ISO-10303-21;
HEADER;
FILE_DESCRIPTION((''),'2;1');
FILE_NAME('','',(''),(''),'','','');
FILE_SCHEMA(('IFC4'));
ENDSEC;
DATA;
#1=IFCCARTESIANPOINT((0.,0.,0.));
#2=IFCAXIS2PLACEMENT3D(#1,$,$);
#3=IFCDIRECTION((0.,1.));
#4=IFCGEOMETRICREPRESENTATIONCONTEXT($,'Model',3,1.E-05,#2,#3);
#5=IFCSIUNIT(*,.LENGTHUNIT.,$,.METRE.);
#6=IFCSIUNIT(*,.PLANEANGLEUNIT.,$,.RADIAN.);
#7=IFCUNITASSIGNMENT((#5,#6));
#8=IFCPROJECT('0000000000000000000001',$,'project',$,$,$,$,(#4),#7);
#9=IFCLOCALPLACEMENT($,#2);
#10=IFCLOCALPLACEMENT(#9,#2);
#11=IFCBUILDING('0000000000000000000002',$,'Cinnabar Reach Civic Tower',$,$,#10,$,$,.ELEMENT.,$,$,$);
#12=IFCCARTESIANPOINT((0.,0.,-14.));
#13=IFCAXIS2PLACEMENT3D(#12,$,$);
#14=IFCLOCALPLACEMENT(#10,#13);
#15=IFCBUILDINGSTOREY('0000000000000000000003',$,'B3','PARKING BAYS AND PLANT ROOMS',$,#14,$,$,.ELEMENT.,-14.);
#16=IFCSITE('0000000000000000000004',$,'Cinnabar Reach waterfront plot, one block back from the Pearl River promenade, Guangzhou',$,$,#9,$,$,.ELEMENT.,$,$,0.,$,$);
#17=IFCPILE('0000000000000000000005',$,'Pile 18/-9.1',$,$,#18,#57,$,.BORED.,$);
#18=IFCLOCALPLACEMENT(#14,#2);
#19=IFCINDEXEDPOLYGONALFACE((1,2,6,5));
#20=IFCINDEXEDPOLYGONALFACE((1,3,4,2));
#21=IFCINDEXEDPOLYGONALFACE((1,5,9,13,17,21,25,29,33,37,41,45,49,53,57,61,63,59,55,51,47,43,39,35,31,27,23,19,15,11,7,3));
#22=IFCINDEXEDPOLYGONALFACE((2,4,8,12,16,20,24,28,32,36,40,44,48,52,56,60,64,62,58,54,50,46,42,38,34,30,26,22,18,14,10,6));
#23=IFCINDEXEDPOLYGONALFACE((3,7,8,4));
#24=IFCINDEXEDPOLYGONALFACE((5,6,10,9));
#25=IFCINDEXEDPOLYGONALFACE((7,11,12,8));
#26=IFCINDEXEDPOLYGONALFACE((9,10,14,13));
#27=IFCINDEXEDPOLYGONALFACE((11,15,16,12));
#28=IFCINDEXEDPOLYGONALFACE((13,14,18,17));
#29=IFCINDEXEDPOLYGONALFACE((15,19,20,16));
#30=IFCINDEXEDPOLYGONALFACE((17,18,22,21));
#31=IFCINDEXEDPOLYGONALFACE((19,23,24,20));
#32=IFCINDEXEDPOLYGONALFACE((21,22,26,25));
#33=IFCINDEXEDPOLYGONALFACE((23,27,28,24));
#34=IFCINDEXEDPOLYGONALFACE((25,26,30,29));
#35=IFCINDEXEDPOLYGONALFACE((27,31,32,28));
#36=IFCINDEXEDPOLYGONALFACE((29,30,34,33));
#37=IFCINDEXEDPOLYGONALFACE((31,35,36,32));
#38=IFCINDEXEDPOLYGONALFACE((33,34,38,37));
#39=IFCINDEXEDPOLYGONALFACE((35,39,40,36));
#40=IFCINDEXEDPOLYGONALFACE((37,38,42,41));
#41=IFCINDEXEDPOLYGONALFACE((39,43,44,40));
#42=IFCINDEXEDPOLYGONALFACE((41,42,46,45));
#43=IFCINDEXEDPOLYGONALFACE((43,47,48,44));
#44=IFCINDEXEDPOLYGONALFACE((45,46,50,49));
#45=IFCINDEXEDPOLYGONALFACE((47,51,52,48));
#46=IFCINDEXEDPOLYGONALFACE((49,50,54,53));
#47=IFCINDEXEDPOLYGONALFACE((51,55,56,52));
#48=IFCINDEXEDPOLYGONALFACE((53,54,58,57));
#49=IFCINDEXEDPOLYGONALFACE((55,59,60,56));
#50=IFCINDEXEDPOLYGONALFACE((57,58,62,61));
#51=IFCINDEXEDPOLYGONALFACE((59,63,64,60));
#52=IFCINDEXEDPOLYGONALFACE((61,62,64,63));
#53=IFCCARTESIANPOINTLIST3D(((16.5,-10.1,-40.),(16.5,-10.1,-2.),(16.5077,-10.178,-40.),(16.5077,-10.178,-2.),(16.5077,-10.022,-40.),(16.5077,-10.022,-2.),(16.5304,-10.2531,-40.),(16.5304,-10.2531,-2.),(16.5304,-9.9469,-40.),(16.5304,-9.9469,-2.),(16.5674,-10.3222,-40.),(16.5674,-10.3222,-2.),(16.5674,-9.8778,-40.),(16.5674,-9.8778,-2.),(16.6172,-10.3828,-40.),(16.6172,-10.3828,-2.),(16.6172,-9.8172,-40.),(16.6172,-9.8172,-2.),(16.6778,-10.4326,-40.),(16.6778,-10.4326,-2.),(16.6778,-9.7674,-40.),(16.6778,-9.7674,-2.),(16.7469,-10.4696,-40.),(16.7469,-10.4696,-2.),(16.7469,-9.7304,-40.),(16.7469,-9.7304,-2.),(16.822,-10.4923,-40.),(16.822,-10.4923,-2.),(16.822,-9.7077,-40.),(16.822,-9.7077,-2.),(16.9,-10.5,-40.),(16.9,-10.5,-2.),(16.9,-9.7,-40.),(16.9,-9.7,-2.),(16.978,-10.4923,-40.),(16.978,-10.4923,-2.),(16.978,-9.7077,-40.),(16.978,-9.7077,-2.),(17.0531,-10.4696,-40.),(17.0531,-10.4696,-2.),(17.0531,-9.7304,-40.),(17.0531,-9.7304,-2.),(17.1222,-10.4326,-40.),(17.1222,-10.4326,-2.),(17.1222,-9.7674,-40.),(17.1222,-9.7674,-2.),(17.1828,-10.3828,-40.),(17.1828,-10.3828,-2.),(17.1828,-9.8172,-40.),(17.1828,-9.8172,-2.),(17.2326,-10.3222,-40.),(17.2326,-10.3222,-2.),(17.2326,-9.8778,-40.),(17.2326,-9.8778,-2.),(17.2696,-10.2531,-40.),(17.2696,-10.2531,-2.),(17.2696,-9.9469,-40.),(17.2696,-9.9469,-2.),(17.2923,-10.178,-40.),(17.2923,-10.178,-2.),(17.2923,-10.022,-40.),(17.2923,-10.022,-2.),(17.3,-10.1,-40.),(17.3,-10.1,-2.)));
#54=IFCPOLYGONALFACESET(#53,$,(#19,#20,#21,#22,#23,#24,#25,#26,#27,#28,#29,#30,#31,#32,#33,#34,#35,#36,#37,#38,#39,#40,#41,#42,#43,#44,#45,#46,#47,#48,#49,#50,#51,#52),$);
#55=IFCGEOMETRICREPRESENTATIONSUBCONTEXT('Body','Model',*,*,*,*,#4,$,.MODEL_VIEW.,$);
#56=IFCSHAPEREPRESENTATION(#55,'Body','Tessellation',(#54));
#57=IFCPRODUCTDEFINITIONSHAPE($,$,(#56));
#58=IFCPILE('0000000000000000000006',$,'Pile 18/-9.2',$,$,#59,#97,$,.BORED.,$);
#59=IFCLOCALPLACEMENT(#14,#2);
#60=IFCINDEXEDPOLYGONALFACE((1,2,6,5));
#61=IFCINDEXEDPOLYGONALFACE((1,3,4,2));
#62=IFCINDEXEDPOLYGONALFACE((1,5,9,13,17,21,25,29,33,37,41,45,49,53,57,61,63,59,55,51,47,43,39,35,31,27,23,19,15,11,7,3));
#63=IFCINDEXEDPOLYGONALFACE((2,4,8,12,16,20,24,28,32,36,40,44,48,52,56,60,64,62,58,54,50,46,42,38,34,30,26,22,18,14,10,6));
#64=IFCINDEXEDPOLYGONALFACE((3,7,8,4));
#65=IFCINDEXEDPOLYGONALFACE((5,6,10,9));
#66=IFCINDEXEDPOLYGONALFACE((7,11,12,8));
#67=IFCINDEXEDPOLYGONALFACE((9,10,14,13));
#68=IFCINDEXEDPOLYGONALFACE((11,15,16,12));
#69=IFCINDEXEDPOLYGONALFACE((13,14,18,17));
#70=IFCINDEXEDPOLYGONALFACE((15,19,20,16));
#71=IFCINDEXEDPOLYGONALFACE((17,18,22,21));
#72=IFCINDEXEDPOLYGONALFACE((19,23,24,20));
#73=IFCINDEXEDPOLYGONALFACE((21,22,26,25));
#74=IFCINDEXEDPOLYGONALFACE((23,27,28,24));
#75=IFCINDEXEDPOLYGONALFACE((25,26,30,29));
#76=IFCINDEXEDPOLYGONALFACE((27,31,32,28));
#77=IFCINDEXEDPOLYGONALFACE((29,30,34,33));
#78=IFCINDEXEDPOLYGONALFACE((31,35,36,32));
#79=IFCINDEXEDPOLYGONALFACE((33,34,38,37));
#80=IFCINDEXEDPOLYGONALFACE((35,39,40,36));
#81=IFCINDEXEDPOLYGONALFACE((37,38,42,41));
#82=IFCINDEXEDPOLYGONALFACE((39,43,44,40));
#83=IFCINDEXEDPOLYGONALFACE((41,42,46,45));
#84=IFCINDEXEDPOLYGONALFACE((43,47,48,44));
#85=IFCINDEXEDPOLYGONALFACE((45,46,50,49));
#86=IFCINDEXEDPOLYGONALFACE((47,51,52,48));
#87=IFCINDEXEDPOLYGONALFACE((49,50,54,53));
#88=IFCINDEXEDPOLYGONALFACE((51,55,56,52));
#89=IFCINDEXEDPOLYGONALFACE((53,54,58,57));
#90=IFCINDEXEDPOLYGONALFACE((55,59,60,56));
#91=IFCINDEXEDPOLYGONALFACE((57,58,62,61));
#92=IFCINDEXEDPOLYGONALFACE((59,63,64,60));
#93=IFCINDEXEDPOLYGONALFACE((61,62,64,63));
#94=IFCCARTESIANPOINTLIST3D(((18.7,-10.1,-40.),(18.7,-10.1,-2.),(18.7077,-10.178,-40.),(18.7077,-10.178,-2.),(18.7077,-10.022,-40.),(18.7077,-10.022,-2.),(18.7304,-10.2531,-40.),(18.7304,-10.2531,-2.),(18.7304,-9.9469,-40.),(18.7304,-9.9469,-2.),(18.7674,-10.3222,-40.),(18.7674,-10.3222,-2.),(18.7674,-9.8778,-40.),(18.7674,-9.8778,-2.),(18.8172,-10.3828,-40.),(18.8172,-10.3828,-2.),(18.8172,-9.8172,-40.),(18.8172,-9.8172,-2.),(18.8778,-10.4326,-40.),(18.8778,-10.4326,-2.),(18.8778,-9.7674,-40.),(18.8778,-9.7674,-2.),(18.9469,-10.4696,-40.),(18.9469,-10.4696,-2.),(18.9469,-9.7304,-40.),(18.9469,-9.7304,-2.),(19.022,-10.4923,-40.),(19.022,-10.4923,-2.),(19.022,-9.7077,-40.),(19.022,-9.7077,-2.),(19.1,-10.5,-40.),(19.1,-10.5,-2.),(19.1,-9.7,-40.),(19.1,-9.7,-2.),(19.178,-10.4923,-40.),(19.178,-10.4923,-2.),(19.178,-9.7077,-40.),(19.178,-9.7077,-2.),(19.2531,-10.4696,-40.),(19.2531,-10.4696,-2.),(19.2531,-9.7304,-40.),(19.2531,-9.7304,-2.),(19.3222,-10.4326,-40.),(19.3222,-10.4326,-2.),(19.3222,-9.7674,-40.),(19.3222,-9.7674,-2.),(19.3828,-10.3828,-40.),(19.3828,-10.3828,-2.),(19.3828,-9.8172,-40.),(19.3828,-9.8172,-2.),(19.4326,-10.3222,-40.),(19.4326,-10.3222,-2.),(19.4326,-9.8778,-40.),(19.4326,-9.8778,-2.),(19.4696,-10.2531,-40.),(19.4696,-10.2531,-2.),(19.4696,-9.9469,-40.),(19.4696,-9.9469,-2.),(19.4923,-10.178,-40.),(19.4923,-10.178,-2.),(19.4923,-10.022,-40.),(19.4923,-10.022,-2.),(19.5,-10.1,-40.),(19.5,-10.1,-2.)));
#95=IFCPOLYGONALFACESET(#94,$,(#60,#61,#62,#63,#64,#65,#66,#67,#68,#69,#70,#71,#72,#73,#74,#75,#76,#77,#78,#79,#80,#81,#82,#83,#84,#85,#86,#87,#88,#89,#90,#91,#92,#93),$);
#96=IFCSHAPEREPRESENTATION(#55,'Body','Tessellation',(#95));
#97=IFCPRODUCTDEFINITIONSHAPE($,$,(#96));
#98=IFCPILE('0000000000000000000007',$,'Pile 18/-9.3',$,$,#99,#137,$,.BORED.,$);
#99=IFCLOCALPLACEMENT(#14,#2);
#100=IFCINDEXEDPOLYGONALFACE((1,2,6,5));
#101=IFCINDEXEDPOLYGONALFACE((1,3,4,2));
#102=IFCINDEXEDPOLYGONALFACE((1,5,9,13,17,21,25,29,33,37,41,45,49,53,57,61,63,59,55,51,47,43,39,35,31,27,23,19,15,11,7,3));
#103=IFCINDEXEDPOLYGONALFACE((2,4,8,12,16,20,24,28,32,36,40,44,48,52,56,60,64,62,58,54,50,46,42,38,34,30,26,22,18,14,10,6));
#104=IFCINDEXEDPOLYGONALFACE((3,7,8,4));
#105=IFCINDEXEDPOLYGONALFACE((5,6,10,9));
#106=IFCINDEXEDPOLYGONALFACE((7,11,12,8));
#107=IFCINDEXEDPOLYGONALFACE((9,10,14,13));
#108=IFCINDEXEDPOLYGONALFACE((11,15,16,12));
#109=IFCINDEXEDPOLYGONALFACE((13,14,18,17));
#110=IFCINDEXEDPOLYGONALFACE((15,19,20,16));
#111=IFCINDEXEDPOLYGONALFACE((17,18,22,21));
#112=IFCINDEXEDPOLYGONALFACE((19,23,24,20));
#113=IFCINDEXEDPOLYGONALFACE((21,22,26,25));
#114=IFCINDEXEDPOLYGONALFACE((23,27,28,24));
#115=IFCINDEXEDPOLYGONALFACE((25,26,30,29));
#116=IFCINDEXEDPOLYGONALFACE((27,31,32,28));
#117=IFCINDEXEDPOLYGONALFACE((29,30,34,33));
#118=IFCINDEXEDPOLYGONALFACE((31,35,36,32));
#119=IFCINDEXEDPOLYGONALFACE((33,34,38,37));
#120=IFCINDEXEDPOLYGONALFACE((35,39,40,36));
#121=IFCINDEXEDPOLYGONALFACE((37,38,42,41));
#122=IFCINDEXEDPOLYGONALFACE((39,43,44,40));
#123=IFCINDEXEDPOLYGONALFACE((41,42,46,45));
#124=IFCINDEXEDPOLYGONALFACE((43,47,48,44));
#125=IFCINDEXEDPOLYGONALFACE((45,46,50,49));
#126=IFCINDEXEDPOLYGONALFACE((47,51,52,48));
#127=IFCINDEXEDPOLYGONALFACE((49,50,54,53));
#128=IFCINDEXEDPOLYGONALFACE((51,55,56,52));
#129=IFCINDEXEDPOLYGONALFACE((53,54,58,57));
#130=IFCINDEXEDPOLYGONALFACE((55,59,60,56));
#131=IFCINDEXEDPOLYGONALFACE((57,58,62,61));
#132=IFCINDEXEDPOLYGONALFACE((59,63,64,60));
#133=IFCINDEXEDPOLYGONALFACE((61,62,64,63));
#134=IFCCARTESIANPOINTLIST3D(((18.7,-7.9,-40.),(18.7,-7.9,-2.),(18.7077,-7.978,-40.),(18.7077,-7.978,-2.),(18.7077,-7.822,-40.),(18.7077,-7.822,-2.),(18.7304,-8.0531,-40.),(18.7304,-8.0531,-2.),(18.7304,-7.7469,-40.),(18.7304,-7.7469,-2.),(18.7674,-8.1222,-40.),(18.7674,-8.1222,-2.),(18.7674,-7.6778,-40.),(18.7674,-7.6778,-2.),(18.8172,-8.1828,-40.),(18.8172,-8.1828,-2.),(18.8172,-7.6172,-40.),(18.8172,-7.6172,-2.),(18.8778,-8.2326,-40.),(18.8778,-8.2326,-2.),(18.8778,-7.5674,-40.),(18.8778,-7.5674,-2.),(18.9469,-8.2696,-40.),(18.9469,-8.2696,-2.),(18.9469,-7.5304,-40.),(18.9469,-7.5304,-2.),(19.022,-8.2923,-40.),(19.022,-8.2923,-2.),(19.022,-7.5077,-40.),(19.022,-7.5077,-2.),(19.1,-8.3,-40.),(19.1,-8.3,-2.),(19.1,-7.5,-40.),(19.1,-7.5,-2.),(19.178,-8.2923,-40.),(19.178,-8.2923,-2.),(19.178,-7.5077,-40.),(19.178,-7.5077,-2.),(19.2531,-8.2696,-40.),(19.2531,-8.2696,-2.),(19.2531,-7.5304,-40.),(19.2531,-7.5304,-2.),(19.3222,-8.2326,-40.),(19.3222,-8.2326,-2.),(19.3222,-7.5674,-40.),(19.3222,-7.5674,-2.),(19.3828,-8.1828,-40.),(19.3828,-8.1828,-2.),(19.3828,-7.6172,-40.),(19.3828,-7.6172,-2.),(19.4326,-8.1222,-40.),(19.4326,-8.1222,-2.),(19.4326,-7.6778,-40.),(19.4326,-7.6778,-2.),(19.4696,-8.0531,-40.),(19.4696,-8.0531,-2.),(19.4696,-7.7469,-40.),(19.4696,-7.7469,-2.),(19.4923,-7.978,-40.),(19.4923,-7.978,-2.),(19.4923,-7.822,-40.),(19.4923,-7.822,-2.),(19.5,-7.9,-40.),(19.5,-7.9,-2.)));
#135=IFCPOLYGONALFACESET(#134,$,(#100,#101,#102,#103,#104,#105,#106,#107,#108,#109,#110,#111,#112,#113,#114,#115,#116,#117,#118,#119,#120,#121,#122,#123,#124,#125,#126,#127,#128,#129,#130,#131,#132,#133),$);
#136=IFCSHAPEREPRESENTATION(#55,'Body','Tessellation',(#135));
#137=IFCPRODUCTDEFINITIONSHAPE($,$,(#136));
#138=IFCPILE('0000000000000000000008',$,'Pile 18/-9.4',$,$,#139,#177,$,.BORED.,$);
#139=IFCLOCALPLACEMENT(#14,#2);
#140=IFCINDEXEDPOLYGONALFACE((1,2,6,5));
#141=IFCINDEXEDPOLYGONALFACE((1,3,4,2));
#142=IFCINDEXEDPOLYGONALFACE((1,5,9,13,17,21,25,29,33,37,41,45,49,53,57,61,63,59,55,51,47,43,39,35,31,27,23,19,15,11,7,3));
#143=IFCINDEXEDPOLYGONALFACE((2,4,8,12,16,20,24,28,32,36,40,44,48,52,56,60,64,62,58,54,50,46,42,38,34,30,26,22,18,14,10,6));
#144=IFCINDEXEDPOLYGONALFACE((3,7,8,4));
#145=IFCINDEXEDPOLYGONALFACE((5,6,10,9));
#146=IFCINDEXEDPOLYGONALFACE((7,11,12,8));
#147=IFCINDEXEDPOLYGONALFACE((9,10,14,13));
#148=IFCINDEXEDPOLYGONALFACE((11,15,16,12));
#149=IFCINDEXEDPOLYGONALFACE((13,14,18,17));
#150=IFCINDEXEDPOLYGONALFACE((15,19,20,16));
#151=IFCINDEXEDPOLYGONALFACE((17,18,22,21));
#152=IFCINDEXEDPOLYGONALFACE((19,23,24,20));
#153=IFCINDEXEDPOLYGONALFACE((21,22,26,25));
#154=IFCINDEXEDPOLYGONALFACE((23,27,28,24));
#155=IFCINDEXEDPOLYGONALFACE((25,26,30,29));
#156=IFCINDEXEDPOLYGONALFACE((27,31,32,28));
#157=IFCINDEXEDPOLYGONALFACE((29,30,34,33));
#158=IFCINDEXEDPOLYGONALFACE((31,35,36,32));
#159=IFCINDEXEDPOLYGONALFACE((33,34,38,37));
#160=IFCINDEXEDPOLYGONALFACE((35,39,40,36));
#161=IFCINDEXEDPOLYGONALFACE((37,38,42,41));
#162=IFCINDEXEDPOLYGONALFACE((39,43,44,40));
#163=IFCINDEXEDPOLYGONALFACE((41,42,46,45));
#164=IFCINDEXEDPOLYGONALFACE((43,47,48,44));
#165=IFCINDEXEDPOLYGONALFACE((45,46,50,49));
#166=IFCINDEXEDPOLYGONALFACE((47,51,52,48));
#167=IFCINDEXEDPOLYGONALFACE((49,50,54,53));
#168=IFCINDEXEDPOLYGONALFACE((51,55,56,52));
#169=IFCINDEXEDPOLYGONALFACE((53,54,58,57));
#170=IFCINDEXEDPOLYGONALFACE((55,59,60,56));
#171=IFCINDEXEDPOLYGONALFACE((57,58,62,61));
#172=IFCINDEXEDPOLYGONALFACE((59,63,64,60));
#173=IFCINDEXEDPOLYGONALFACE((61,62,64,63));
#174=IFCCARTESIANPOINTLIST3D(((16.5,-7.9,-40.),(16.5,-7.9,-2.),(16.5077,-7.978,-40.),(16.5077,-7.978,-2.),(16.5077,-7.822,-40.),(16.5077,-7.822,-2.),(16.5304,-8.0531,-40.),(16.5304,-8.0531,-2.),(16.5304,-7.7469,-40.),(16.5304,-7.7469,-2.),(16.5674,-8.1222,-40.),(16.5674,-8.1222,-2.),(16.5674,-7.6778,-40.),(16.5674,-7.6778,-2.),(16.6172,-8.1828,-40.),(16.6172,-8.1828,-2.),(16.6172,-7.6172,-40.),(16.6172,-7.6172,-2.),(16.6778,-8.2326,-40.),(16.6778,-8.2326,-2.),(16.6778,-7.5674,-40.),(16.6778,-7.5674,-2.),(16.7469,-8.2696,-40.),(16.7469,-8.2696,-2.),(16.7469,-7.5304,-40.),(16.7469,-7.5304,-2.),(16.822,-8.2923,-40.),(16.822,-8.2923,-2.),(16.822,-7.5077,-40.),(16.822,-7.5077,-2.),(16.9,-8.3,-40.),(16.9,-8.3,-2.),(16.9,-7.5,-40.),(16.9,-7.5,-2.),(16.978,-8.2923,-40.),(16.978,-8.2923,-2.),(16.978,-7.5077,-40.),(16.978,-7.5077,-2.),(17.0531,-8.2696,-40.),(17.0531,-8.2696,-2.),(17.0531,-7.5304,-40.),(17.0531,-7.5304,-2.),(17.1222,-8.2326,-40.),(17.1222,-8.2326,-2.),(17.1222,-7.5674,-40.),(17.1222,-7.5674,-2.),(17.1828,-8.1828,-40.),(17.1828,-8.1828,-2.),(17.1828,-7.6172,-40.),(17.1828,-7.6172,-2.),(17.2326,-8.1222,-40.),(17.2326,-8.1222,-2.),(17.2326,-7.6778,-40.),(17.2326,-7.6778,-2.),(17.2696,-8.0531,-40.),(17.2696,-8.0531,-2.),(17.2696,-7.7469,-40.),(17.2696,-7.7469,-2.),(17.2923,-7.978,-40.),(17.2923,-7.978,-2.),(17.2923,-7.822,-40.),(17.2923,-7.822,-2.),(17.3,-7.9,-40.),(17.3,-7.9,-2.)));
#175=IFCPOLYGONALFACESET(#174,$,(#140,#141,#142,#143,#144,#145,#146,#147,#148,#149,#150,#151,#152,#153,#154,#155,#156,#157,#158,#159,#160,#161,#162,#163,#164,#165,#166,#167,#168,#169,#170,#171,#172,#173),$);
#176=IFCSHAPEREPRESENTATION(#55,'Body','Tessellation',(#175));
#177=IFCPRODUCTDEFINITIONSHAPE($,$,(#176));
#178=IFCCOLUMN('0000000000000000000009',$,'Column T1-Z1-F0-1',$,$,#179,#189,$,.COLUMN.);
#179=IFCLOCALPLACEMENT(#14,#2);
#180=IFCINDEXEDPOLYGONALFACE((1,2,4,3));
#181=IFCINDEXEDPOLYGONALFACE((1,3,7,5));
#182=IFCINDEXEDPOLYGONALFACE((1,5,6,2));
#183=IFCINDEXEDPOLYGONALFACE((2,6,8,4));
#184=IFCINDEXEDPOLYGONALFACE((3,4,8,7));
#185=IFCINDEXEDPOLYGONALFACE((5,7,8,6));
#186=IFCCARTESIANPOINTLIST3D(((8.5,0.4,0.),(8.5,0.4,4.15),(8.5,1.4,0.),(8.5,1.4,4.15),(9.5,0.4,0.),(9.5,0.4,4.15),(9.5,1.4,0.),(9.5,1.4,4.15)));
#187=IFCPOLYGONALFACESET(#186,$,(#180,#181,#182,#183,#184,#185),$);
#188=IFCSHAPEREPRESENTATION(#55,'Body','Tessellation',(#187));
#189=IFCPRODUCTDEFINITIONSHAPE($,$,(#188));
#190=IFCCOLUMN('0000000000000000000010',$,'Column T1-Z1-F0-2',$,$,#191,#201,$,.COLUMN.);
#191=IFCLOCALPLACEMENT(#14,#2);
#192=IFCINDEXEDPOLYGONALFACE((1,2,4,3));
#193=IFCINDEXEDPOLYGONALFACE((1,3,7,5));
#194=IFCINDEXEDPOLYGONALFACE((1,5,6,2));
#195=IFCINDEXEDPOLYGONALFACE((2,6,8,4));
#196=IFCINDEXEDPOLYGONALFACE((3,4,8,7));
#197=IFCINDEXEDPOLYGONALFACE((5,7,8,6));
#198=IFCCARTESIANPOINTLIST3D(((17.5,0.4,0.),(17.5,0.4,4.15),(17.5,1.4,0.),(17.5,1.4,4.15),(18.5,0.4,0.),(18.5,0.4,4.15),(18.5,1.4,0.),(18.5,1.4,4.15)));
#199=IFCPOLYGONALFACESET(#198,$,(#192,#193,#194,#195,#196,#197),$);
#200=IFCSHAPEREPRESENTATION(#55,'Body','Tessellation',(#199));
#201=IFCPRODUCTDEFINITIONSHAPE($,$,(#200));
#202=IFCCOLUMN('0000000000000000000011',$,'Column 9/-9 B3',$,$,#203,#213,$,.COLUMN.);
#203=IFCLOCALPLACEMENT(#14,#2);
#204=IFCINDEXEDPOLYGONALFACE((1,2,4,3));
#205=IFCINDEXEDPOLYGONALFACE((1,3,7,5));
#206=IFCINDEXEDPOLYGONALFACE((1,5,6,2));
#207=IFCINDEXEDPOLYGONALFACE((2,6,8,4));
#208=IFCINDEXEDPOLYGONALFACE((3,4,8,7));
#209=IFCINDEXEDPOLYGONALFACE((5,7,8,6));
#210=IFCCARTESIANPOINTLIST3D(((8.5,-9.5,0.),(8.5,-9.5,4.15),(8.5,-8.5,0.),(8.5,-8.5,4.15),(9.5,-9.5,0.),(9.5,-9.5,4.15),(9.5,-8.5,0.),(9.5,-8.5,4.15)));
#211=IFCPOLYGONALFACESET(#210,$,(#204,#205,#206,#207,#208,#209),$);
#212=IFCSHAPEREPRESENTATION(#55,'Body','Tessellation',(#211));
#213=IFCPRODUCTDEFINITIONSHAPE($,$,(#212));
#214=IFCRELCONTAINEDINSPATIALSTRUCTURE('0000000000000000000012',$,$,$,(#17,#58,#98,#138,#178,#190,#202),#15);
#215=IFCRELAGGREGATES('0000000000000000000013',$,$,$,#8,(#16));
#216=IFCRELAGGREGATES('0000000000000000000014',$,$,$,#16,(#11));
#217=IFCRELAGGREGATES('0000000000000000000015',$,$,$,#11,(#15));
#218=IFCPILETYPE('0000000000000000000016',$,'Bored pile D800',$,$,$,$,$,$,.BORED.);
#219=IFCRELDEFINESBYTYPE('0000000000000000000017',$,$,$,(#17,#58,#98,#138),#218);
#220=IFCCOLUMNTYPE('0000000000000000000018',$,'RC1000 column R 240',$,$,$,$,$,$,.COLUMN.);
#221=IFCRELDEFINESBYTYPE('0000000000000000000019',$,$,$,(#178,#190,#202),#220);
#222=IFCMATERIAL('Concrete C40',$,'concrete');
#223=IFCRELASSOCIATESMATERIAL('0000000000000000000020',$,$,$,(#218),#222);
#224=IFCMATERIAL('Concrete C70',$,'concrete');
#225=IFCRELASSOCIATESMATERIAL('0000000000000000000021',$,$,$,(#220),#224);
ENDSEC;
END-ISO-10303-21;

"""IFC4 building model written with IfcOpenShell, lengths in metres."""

from ifc_helpers import new_model, si_unit, direction, frame, origin, origin_2d, place, context, subcontext, project, spatial, rectangle, circle, extrude, material, material_profile, profile_set, type_object, element, save


model = new_model("IFC4")

# Units and contexts
model_context = context("Model", 3, precision=1e-05, world=origin(), true_north=direction((0.0, 1.0)))
body_context = subcontext(model_context, "Body", "Model", "MODEL_VIEW")
ifc_project = project(units=[si_unit("LENGTHUNIT", "METRE"), si_unit("PLANEANGLEUNIT", "RADIAN")], contexts=[model_context])

# Site, building, storey
site_placement = place(None, origin())
site = spatial("IfcSite", under=ifc_project, at=site_placement, Name="Cinnabar Reach waterfront plot, one block back from the Pearl River promenade, Guangzhou", CompositionType="ELEMENT", RefElevation=0.0)
building_placement = place(site_placement, origin())
building = spatial("IfcBuilding", under=site, at=building_placement, Name="Cinnabar Reach Civic Tower", CompositionType="ELEMENT")
storey_placement = place(building_placement, frame((0.0, 0.0, -14.0)))
storey = spatial("IfcBuildingStorey", under=building, at=storey_placement, Name="B3", Description="PARKING BAYS AND PLANT ROOMS", CompositionType="ELEMENT", Elevation=-14.0)

# Piles
ifc_material_1 = material(Name="Concrete C40", Category="concrete")
pile_type = type_object("IfcPileType", Name="Bored pile D800", PredefinedType="BORED", material=ifc_material_1)
for number, where, z_axis, x_axis, name in (
    (1, (16.9, -10.1, -2.0), (0.0, 0.0, -1.0), (1.0, 0.0, 0.0), "Pile 18/-9.1"),
    (2, (19.1, -10.1, -2.0), (0.0, 0.0, -1.0), (1.0, 0.0, 0.0), "Pile 18/-9.2"),
    (3, (19.1, -7.9, -2.0), (0.0, 0.0, -1.0), (1.0, 0.0, 0.0), "Pile 18/-9.3"),
    (4, (16.9, -7.9, -2.0), (0.0, 0.0, -1.0), (1.0, 0.0, 0.0), "Pile 18/-9.4"),
):
    element("IfcPile", number, at=place(storey_placement, frame(where, z_axis=z_axis, x_axis=x_axis)), inside=storey, type_object=pile_type, Name=name, PredefinedType="BORED", context=body_context, shape_type="SweptSolid", body=[
        extrude(circle(Radius=0.4, at=origin_2d()), origin(), (0.0, 0.0, 1.0), 38.0),
    ])

# Columns
ifc_material_2 = material(Name="Concrete C70", Category="concrete")
ifc_material_profile_1 = material_profile(ifc_material_2, rectangle(XDim=1.0, YDim=1.0, at=origin_2d()), Name="RC1000")
ifc_profile_set_1 = profile_set([ifc_material_profile_1], Name="Concrete C70")
column_type_1 = type_object("IfcColumnType", Name="RC1000 column R 240", PredefinedType="COLUMN", material=ifc_profile_set_1)
for number, where, z_axis, x_axis, name in (
    (5, (9.0, 0.9, 0.0), (0.0, 0.0, 1.0), (1.0, 0.0, 0.0), "Column T1-Z1-F0-1"),
    (6, (18.0, 0.9, 0.0), (0.0, 0.0, 1.0), (1.0, 0.0, 0.0), "Column T1-Z1-F0-2"),
    (7, (9.0, -9.0, 0.0), (0.0, 0.0, 1.0), (1.0, 0.0, 0.0), "Column 9/-9 B3"),
):
    element("IfcColumn", number, at=place(storey_placement, frame(where, z_axis=z_axis, x_axis=x_axis)), inside=storey, type_object=column_type_1, Name=name, PredefinedType="COLUMN", context=body_context, shape_type="SweptSolid", body=[
        extrude(rectangle(XDim=1.0, YDim=1.0, at=origin_2d()), origin(), (0.0, 0.0, 1.0), 4.15),
    ])

save(model, "model.ifc")
